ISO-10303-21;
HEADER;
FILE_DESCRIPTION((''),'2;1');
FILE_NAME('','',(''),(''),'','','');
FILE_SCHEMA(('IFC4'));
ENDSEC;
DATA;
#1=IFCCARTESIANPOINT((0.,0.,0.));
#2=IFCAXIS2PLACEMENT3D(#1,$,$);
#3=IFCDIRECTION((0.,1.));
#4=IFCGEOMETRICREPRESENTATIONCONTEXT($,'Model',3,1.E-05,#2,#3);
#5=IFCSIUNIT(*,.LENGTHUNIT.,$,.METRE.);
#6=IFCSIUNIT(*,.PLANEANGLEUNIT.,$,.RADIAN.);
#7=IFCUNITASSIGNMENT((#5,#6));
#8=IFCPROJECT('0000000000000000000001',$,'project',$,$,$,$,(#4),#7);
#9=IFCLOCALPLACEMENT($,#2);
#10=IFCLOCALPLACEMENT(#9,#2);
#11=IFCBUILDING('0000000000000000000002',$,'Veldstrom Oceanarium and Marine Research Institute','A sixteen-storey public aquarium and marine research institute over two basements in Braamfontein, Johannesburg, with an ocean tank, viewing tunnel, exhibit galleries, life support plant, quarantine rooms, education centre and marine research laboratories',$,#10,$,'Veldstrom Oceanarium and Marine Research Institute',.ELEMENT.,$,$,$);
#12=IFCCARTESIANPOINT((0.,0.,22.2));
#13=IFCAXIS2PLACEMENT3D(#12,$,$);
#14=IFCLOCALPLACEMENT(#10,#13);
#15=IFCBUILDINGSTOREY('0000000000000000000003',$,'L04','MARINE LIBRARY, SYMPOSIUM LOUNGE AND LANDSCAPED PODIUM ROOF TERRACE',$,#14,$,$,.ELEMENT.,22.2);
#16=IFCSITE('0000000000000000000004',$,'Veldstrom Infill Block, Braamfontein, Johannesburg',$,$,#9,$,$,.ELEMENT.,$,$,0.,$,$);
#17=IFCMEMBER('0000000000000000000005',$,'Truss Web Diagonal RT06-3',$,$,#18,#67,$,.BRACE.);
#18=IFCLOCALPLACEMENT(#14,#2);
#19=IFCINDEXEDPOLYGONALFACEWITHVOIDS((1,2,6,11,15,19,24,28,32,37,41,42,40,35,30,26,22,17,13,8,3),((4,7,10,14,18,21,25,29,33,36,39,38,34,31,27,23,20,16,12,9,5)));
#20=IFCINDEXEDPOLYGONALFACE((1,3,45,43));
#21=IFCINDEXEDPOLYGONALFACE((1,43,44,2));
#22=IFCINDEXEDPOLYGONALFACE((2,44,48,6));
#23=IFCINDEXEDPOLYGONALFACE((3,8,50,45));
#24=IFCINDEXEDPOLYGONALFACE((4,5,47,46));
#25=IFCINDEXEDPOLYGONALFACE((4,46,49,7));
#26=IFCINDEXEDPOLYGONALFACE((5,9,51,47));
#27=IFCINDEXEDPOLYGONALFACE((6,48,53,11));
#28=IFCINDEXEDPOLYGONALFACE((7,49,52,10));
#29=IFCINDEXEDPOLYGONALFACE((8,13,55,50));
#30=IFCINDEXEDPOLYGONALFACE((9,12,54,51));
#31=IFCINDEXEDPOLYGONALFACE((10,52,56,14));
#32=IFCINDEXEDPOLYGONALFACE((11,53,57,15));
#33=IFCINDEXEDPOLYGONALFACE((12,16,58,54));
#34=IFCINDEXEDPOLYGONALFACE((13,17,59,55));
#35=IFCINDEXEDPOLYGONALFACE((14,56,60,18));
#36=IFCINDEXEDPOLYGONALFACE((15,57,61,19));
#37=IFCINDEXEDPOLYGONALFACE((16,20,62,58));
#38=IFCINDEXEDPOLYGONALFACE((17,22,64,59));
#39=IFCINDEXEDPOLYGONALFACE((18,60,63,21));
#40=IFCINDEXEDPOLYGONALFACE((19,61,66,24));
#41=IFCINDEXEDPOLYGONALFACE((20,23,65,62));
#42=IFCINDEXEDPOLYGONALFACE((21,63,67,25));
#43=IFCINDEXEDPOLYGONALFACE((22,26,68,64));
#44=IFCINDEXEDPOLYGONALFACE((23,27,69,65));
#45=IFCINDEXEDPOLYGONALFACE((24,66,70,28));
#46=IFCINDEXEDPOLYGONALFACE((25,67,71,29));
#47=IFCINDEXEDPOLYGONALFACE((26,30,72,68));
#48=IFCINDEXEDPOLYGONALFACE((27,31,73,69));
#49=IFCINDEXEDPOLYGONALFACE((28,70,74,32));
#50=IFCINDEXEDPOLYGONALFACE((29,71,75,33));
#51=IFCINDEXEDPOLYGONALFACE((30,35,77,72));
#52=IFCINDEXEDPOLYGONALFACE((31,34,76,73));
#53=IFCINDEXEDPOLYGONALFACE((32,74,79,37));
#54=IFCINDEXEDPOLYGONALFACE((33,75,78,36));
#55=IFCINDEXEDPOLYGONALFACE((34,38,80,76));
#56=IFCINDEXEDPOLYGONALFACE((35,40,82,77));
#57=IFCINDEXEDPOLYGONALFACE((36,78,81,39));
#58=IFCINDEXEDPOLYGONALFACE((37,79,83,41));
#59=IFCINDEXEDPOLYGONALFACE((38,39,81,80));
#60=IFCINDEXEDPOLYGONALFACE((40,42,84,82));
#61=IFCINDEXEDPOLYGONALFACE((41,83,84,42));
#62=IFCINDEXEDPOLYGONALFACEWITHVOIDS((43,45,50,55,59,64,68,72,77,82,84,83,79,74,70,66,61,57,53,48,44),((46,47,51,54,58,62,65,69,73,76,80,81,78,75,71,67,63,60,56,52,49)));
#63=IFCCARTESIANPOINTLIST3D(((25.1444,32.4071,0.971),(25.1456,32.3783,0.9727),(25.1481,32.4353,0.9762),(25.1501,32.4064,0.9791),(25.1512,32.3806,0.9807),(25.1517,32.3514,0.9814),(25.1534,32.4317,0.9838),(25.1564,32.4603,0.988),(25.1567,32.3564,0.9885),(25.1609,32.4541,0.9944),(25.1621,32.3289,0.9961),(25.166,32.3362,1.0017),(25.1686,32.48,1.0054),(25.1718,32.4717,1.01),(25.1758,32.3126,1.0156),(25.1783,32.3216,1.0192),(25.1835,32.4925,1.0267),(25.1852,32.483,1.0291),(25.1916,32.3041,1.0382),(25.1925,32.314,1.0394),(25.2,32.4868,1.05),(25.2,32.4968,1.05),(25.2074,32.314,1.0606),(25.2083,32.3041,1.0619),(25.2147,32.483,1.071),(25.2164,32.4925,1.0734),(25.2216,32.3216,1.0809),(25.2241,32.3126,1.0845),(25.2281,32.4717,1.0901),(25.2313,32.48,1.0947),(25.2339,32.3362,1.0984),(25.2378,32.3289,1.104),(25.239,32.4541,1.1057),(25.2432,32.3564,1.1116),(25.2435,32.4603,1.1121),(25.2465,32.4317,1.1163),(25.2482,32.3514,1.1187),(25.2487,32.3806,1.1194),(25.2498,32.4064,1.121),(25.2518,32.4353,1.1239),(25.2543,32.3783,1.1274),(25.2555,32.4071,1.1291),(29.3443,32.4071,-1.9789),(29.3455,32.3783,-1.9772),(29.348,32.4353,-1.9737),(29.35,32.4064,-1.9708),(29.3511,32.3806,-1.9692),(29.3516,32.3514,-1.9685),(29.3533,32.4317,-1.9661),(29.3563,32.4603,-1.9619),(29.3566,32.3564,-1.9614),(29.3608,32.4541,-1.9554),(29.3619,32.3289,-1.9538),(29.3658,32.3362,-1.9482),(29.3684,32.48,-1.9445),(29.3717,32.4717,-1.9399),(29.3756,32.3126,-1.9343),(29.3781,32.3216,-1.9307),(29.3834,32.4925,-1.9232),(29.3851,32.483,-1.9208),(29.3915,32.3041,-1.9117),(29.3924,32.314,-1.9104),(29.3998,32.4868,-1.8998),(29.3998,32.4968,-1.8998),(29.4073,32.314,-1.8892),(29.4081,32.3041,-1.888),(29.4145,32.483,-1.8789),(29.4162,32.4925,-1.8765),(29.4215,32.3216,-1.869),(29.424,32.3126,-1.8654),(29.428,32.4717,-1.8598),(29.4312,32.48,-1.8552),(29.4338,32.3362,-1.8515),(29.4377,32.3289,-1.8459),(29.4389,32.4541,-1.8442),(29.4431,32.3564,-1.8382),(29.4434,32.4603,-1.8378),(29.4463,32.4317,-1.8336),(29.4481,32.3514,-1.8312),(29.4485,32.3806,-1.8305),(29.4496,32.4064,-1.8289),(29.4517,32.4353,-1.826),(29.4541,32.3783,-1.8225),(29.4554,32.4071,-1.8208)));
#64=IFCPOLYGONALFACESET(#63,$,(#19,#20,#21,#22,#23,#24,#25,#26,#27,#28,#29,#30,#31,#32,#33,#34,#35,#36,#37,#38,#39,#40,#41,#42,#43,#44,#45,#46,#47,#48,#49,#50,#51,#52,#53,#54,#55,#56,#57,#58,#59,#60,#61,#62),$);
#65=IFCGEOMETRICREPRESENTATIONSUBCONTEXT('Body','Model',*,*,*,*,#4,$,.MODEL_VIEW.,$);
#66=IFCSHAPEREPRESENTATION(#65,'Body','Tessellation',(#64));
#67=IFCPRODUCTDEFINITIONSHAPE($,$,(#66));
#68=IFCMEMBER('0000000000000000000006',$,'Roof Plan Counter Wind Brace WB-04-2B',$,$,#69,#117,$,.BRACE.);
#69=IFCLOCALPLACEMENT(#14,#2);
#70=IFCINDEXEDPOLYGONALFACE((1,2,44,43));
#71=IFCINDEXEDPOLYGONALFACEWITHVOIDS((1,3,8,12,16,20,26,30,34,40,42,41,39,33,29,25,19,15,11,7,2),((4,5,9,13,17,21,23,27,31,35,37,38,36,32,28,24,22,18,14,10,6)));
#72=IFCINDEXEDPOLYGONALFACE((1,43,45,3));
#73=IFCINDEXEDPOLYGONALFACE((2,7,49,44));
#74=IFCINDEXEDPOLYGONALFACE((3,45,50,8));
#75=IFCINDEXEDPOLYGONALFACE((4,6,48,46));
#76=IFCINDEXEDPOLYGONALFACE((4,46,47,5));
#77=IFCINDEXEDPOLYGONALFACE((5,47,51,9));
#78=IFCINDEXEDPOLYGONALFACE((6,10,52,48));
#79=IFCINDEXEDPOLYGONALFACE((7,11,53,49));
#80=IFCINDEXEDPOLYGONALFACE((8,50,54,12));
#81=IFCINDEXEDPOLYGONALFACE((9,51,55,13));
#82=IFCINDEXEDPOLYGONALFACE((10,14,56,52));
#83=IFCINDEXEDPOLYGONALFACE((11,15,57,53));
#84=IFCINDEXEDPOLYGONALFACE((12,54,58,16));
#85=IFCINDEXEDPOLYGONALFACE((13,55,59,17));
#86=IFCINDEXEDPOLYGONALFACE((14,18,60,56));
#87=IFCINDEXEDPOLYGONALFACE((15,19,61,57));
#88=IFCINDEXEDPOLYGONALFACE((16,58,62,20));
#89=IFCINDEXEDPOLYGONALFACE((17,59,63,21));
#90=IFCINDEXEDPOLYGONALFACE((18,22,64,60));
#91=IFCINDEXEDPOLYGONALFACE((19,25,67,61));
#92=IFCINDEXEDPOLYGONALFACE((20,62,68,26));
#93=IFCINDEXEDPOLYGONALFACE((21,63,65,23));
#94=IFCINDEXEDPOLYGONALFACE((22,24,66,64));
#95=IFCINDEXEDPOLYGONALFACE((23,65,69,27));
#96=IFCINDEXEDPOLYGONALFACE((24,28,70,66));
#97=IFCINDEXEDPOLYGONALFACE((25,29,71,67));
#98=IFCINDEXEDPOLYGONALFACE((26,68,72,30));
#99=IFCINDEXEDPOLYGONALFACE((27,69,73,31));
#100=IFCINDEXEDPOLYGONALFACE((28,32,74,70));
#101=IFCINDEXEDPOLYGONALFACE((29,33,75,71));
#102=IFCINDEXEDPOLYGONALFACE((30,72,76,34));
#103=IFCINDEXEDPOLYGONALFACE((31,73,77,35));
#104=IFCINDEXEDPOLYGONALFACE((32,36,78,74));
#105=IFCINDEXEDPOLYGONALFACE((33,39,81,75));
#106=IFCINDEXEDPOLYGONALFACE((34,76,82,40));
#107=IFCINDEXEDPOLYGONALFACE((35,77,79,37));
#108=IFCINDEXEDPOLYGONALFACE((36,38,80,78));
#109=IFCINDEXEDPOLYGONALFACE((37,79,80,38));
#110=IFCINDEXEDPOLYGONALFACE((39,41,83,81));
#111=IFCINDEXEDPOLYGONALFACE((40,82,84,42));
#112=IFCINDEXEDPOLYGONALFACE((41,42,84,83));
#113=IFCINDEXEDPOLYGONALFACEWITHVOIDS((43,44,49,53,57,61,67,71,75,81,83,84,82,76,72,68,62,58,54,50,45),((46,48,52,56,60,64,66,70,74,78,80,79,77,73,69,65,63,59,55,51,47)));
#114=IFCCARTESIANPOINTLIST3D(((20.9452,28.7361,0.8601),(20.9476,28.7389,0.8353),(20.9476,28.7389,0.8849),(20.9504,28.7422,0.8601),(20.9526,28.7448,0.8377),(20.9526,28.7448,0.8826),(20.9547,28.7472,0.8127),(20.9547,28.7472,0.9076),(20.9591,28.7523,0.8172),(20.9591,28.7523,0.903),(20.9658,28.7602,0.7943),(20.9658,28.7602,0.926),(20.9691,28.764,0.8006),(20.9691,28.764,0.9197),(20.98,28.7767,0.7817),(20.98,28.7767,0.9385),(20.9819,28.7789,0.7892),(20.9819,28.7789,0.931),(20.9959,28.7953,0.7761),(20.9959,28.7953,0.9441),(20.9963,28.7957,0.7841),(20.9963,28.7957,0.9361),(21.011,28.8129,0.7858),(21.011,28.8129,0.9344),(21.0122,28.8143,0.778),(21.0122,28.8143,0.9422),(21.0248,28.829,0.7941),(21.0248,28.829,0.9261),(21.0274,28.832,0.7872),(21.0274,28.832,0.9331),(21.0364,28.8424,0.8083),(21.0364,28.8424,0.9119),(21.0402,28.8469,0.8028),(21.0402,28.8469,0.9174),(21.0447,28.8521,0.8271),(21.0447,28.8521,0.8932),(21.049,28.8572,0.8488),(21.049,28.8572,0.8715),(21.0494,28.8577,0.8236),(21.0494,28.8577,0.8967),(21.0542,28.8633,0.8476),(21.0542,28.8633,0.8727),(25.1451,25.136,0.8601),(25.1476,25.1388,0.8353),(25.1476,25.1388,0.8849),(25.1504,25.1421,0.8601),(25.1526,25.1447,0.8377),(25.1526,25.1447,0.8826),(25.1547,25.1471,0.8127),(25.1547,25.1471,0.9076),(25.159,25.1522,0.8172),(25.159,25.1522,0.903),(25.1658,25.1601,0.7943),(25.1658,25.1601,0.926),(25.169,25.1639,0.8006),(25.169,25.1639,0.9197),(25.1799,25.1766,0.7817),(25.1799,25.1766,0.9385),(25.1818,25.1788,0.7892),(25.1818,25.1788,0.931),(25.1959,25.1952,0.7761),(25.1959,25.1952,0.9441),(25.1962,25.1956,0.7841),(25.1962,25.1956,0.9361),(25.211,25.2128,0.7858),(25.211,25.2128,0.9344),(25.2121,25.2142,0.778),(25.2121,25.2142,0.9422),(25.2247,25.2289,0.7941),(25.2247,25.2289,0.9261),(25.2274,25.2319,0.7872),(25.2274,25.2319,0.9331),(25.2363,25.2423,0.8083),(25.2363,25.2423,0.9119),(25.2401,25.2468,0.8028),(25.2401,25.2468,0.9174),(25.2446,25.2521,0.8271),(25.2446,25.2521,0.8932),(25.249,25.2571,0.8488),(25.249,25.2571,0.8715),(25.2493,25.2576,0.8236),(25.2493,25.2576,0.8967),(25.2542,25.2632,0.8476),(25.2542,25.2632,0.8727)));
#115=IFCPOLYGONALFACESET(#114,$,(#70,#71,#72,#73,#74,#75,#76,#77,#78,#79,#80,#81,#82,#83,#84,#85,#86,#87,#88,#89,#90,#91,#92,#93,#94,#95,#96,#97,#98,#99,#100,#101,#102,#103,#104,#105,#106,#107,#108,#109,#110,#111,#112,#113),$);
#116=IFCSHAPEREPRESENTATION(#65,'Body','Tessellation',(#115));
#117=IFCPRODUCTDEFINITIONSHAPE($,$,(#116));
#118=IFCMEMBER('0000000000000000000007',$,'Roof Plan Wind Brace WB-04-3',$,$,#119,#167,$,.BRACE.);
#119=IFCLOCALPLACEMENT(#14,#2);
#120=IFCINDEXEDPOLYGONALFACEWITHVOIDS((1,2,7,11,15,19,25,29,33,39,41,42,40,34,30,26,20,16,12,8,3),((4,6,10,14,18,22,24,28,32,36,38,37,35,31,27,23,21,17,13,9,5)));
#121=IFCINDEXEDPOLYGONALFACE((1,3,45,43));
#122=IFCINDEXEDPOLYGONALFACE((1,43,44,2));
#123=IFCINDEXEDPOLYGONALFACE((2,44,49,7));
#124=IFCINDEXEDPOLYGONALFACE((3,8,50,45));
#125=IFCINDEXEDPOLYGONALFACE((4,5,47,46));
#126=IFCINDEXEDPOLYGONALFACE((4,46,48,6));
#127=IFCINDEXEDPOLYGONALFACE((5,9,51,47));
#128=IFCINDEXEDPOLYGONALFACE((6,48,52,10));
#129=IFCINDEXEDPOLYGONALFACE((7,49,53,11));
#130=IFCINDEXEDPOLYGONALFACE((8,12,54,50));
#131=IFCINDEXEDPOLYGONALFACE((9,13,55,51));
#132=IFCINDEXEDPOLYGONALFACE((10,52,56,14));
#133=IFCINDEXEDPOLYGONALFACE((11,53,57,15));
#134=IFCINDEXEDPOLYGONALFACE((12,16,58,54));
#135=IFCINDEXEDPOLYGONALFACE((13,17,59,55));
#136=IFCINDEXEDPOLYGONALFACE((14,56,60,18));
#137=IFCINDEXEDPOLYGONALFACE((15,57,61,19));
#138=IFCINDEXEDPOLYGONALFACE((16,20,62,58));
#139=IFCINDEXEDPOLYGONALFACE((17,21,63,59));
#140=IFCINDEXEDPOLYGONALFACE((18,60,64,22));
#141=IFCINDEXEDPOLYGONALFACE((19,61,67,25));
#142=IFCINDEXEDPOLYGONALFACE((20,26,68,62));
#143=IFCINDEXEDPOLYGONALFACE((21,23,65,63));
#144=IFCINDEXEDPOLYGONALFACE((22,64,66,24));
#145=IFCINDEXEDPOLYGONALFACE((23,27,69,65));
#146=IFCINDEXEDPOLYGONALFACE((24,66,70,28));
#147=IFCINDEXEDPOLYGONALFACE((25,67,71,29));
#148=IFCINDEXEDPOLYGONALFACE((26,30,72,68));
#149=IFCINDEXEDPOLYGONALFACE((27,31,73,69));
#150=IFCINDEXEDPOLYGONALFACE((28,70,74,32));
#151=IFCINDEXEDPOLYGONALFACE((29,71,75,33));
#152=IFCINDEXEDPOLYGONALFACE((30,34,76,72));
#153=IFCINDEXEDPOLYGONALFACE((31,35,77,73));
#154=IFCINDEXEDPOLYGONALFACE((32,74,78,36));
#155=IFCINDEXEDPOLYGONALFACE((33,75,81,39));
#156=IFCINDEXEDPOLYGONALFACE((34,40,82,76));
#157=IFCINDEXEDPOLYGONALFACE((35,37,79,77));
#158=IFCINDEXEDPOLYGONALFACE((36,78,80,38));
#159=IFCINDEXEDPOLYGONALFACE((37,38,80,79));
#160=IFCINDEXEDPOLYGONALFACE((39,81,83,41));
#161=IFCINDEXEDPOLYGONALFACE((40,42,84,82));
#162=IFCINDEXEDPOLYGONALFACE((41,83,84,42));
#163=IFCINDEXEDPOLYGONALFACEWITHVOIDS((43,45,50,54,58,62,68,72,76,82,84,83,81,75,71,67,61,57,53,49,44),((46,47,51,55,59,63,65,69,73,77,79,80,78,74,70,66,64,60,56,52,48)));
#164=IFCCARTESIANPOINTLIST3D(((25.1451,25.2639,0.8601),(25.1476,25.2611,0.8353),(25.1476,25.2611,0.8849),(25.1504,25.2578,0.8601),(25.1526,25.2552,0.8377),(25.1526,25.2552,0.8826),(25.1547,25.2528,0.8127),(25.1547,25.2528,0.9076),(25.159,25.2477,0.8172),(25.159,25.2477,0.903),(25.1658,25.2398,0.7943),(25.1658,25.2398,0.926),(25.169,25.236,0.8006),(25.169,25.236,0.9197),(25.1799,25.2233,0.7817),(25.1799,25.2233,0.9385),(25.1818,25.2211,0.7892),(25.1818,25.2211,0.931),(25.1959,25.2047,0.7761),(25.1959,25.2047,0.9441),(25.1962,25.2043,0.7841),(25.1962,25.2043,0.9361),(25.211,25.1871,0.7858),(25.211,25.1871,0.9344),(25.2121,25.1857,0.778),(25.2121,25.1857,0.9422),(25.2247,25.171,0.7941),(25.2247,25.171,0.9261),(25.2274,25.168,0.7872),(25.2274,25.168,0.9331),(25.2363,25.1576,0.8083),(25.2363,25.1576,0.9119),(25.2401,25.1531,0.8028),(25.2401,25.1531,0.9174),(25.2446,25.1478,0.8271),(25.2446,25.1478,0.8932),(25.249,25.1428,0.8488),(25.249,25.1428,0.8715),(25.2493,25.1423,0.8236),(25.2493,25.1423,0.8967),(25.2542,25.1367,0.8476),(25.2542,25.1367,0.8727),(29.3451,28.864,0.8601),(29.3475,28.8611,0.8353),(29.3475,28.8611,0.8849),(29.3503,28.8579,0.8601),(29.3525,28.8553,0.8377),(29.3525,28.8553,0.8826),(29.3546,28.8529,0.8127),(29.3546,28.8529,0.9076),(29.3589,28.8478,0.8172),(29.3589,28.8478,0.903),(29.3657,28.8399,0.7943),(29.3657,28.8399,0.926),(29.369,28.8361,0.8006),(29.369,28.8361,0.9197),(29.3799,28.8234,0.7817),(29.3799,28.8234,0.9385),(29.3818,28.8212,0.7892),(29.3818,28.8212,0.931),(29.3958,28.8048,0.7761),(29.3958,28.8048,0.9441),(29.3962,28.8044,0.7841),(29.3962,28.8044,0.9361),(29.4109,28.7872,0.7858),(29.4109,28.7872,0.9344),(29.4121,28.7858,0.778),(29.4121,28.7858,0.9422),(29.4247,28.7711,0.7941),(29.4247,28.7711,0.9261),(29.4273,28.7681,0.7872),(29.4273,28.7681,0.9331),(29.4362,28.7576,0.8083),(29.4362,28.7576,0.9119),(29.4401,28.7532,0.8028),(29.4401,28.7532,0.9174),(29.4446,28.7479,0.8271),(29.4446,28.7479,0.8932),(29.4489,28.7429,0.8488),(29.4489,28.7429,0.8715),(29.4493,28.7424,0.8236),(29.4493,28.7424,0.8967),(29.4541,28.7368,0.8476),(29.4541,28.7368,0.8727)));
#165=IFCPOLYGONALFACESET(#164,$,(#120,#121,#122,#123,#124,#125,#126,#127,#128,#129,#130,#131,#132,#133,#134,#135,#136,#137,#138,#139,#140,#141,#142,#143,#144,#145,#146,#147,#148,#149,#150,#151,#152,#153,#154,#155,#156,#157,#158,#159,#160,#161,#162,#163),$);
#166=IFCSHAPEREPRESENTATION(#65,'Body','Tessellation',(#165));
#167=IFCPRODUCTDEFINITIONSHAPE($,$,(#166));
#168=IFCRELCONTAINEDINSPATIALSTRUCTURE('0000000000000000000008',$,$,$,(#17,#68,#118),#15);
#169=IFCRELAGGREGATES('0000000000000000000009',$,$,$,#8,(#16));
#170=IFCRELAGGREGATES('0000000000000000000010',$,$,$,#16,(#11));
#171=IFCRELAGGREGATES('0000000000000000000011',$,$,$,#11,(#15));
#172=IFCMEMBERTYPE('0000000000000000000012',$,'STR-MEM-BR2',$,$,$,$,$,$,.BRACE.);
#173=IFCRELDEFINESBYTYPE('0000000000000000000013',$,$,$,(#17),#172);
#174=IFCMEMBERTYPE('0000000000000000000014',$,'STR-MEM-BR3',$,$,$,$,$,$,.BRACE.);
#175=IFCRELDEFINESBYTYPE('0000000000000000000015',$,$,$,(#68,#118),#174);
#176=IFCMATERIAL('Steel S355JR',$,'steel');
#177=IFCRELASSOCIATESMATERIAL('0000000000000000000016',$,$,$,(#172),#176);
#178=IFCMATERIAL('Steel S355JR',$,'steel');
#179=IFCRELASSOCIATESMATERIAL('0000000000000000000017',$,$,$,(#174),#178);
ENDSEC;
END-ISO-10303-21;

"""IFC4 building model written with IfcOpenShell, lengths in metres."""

from ifc_helpers import new_model, si_unit, direction, frame, origin, origin_2d, place, context, subcontext, project, spatial, hollow_circle, extrude, material, material_profile, profile_set, type_object, element, save


model = new_model("IFC4")

# Units and contexts
model_context = context("Model", 3, precision=1e-05, world=origin(), true_north=direction((0.0, 1.0)))
body_context = subcontext(model_context, "Body", "Model", "MODEL_VIEW")
ifc_project = project(units=[si_unit("LENGTHUNIT", "METRE"), si_unit("PLANEANGLEUNIT", "RADIAN")], contexts=[model_context])

# Site, building, storey
site_placement = place(None, origin())
site = spatial("IfcSite", under=ifc_project, at=site_placement, Name="Veldstrom Infill Block, Braamfontein, Johannesburg", CompositionType="ELEMENT", RefElevation=0.0)
building_placement = place(site_placement, origin())
building = spatial("IfcBuilding", under=site, at=building_placement, Name="Veldstrom Oceanarium and Marine Research Institute", Description="A sixteen-storey public aquarium and marine research institute over two basements in Braamfontein, Johannesburg, with an ocean tank, viewing tunnel, exhibit galleries, life support plant, quarantine rooms, education centre and marine research laboratories", LongName="Veldstrom Oceanarium and Marine Research Institute", CompositionType="ELEMENT")
storey_placement = place(building_placement, frame((0.0, 0.0, 22.2)))
storey = spatial("IfcBuildingStorey", under=building, at=storey_placement, Name="L04", Description="MARINE LIBRARY, SYMPOSIUM LOUNGE AND LANDSCAPED PODIUM ROOF TERRACE", CompositionType="ELEMENT", Elevation=22.2)

# Members
ifc_material_1 = material(Name="Steel S355JR", Category="steel")
ifc_material_profile_1 = material_profile(ifc_material_1, hollow_circle(Radius=0.0969, WallThickness=0.01, at=origin_2d()), Name="CHS 193.7x10")
ifc_profile_set_1 = profile_set([ifc_material_profile_1], Name="Steel S355JR")
member_type_1 = type_object("IfcMemberType", Name="STR-MEM-BR2", PredefinedType="BRACE", material=ifc_profile_set_1)
member_1_placement = place(storey_placement, frame((25.2, 32.3999, 1.05), z_axis=(0.818317, 0.0, -0.574767), x_axis=(0.0, 1.0, 0.0)))
element("IfcMember", 1, at=member_1_placement, inside=storey, type_object=member_type_1, Name="Truss Web Diagonal RT06-3", PredefinedType="BRACE", context=body_context, shape_type="SweptSolid", body=[
    extrude(hollow_circle(Radius=0.0969, WallThickness=0.01, at=origin_2d()), origin(), (0.0, 0.0, 1.0), 5.1323),
])
ifc_material_2 = material(Name="Steel S355JR", Category="steel")
ifc_material_profile_2 = material_profile(ifc_material_2, hollow_circle(Radius=0.0842, WallThickness=0.0081, at=origin_2d()), Name="CHS 168.3x8")
ifc_profile_set_2 = profile_set([ifc_material_profile_2], Name="Steel S355JR")
member_type_2 = type_object("IfcMemberType", Name="STR-MEM-BR3", PredefinedType="BRACE", material=ifc_profile_set_2)
for number, where, z_axis, x_axis, name in (
    (2, (25.2, 25.2, 0.8601), (-0.759244, 0.650806, 0.0), (-0.650806, -0.759244, 0.0), "Roof Plan Counter Wind Brace WB-04-2B"),
    (3, (25.2, 25.2, 0.8601), (0.759244, 0.650806, 0.0), (-0.650806, 0.759244, 0.0), "Roof Plan Wind Brace WB-04-3"),
):
    element("IfcMember", number, at=place(storey_placement, frame(where, z_axis=z_axis, x_axis=x_axis)), inside=storey, type_object=member_type_2, Name=name, PredefinedType="BRACE", context=body_context, shape_type="SweptSolid", body=[
        extrude(hollow_circle(Radius=0.0842, WallThickness=0.0081, at=origin_2d()), origin(), (0.0, 0.0, 1.0), 5.5317),
    ])

save(model, "model.ifc")
